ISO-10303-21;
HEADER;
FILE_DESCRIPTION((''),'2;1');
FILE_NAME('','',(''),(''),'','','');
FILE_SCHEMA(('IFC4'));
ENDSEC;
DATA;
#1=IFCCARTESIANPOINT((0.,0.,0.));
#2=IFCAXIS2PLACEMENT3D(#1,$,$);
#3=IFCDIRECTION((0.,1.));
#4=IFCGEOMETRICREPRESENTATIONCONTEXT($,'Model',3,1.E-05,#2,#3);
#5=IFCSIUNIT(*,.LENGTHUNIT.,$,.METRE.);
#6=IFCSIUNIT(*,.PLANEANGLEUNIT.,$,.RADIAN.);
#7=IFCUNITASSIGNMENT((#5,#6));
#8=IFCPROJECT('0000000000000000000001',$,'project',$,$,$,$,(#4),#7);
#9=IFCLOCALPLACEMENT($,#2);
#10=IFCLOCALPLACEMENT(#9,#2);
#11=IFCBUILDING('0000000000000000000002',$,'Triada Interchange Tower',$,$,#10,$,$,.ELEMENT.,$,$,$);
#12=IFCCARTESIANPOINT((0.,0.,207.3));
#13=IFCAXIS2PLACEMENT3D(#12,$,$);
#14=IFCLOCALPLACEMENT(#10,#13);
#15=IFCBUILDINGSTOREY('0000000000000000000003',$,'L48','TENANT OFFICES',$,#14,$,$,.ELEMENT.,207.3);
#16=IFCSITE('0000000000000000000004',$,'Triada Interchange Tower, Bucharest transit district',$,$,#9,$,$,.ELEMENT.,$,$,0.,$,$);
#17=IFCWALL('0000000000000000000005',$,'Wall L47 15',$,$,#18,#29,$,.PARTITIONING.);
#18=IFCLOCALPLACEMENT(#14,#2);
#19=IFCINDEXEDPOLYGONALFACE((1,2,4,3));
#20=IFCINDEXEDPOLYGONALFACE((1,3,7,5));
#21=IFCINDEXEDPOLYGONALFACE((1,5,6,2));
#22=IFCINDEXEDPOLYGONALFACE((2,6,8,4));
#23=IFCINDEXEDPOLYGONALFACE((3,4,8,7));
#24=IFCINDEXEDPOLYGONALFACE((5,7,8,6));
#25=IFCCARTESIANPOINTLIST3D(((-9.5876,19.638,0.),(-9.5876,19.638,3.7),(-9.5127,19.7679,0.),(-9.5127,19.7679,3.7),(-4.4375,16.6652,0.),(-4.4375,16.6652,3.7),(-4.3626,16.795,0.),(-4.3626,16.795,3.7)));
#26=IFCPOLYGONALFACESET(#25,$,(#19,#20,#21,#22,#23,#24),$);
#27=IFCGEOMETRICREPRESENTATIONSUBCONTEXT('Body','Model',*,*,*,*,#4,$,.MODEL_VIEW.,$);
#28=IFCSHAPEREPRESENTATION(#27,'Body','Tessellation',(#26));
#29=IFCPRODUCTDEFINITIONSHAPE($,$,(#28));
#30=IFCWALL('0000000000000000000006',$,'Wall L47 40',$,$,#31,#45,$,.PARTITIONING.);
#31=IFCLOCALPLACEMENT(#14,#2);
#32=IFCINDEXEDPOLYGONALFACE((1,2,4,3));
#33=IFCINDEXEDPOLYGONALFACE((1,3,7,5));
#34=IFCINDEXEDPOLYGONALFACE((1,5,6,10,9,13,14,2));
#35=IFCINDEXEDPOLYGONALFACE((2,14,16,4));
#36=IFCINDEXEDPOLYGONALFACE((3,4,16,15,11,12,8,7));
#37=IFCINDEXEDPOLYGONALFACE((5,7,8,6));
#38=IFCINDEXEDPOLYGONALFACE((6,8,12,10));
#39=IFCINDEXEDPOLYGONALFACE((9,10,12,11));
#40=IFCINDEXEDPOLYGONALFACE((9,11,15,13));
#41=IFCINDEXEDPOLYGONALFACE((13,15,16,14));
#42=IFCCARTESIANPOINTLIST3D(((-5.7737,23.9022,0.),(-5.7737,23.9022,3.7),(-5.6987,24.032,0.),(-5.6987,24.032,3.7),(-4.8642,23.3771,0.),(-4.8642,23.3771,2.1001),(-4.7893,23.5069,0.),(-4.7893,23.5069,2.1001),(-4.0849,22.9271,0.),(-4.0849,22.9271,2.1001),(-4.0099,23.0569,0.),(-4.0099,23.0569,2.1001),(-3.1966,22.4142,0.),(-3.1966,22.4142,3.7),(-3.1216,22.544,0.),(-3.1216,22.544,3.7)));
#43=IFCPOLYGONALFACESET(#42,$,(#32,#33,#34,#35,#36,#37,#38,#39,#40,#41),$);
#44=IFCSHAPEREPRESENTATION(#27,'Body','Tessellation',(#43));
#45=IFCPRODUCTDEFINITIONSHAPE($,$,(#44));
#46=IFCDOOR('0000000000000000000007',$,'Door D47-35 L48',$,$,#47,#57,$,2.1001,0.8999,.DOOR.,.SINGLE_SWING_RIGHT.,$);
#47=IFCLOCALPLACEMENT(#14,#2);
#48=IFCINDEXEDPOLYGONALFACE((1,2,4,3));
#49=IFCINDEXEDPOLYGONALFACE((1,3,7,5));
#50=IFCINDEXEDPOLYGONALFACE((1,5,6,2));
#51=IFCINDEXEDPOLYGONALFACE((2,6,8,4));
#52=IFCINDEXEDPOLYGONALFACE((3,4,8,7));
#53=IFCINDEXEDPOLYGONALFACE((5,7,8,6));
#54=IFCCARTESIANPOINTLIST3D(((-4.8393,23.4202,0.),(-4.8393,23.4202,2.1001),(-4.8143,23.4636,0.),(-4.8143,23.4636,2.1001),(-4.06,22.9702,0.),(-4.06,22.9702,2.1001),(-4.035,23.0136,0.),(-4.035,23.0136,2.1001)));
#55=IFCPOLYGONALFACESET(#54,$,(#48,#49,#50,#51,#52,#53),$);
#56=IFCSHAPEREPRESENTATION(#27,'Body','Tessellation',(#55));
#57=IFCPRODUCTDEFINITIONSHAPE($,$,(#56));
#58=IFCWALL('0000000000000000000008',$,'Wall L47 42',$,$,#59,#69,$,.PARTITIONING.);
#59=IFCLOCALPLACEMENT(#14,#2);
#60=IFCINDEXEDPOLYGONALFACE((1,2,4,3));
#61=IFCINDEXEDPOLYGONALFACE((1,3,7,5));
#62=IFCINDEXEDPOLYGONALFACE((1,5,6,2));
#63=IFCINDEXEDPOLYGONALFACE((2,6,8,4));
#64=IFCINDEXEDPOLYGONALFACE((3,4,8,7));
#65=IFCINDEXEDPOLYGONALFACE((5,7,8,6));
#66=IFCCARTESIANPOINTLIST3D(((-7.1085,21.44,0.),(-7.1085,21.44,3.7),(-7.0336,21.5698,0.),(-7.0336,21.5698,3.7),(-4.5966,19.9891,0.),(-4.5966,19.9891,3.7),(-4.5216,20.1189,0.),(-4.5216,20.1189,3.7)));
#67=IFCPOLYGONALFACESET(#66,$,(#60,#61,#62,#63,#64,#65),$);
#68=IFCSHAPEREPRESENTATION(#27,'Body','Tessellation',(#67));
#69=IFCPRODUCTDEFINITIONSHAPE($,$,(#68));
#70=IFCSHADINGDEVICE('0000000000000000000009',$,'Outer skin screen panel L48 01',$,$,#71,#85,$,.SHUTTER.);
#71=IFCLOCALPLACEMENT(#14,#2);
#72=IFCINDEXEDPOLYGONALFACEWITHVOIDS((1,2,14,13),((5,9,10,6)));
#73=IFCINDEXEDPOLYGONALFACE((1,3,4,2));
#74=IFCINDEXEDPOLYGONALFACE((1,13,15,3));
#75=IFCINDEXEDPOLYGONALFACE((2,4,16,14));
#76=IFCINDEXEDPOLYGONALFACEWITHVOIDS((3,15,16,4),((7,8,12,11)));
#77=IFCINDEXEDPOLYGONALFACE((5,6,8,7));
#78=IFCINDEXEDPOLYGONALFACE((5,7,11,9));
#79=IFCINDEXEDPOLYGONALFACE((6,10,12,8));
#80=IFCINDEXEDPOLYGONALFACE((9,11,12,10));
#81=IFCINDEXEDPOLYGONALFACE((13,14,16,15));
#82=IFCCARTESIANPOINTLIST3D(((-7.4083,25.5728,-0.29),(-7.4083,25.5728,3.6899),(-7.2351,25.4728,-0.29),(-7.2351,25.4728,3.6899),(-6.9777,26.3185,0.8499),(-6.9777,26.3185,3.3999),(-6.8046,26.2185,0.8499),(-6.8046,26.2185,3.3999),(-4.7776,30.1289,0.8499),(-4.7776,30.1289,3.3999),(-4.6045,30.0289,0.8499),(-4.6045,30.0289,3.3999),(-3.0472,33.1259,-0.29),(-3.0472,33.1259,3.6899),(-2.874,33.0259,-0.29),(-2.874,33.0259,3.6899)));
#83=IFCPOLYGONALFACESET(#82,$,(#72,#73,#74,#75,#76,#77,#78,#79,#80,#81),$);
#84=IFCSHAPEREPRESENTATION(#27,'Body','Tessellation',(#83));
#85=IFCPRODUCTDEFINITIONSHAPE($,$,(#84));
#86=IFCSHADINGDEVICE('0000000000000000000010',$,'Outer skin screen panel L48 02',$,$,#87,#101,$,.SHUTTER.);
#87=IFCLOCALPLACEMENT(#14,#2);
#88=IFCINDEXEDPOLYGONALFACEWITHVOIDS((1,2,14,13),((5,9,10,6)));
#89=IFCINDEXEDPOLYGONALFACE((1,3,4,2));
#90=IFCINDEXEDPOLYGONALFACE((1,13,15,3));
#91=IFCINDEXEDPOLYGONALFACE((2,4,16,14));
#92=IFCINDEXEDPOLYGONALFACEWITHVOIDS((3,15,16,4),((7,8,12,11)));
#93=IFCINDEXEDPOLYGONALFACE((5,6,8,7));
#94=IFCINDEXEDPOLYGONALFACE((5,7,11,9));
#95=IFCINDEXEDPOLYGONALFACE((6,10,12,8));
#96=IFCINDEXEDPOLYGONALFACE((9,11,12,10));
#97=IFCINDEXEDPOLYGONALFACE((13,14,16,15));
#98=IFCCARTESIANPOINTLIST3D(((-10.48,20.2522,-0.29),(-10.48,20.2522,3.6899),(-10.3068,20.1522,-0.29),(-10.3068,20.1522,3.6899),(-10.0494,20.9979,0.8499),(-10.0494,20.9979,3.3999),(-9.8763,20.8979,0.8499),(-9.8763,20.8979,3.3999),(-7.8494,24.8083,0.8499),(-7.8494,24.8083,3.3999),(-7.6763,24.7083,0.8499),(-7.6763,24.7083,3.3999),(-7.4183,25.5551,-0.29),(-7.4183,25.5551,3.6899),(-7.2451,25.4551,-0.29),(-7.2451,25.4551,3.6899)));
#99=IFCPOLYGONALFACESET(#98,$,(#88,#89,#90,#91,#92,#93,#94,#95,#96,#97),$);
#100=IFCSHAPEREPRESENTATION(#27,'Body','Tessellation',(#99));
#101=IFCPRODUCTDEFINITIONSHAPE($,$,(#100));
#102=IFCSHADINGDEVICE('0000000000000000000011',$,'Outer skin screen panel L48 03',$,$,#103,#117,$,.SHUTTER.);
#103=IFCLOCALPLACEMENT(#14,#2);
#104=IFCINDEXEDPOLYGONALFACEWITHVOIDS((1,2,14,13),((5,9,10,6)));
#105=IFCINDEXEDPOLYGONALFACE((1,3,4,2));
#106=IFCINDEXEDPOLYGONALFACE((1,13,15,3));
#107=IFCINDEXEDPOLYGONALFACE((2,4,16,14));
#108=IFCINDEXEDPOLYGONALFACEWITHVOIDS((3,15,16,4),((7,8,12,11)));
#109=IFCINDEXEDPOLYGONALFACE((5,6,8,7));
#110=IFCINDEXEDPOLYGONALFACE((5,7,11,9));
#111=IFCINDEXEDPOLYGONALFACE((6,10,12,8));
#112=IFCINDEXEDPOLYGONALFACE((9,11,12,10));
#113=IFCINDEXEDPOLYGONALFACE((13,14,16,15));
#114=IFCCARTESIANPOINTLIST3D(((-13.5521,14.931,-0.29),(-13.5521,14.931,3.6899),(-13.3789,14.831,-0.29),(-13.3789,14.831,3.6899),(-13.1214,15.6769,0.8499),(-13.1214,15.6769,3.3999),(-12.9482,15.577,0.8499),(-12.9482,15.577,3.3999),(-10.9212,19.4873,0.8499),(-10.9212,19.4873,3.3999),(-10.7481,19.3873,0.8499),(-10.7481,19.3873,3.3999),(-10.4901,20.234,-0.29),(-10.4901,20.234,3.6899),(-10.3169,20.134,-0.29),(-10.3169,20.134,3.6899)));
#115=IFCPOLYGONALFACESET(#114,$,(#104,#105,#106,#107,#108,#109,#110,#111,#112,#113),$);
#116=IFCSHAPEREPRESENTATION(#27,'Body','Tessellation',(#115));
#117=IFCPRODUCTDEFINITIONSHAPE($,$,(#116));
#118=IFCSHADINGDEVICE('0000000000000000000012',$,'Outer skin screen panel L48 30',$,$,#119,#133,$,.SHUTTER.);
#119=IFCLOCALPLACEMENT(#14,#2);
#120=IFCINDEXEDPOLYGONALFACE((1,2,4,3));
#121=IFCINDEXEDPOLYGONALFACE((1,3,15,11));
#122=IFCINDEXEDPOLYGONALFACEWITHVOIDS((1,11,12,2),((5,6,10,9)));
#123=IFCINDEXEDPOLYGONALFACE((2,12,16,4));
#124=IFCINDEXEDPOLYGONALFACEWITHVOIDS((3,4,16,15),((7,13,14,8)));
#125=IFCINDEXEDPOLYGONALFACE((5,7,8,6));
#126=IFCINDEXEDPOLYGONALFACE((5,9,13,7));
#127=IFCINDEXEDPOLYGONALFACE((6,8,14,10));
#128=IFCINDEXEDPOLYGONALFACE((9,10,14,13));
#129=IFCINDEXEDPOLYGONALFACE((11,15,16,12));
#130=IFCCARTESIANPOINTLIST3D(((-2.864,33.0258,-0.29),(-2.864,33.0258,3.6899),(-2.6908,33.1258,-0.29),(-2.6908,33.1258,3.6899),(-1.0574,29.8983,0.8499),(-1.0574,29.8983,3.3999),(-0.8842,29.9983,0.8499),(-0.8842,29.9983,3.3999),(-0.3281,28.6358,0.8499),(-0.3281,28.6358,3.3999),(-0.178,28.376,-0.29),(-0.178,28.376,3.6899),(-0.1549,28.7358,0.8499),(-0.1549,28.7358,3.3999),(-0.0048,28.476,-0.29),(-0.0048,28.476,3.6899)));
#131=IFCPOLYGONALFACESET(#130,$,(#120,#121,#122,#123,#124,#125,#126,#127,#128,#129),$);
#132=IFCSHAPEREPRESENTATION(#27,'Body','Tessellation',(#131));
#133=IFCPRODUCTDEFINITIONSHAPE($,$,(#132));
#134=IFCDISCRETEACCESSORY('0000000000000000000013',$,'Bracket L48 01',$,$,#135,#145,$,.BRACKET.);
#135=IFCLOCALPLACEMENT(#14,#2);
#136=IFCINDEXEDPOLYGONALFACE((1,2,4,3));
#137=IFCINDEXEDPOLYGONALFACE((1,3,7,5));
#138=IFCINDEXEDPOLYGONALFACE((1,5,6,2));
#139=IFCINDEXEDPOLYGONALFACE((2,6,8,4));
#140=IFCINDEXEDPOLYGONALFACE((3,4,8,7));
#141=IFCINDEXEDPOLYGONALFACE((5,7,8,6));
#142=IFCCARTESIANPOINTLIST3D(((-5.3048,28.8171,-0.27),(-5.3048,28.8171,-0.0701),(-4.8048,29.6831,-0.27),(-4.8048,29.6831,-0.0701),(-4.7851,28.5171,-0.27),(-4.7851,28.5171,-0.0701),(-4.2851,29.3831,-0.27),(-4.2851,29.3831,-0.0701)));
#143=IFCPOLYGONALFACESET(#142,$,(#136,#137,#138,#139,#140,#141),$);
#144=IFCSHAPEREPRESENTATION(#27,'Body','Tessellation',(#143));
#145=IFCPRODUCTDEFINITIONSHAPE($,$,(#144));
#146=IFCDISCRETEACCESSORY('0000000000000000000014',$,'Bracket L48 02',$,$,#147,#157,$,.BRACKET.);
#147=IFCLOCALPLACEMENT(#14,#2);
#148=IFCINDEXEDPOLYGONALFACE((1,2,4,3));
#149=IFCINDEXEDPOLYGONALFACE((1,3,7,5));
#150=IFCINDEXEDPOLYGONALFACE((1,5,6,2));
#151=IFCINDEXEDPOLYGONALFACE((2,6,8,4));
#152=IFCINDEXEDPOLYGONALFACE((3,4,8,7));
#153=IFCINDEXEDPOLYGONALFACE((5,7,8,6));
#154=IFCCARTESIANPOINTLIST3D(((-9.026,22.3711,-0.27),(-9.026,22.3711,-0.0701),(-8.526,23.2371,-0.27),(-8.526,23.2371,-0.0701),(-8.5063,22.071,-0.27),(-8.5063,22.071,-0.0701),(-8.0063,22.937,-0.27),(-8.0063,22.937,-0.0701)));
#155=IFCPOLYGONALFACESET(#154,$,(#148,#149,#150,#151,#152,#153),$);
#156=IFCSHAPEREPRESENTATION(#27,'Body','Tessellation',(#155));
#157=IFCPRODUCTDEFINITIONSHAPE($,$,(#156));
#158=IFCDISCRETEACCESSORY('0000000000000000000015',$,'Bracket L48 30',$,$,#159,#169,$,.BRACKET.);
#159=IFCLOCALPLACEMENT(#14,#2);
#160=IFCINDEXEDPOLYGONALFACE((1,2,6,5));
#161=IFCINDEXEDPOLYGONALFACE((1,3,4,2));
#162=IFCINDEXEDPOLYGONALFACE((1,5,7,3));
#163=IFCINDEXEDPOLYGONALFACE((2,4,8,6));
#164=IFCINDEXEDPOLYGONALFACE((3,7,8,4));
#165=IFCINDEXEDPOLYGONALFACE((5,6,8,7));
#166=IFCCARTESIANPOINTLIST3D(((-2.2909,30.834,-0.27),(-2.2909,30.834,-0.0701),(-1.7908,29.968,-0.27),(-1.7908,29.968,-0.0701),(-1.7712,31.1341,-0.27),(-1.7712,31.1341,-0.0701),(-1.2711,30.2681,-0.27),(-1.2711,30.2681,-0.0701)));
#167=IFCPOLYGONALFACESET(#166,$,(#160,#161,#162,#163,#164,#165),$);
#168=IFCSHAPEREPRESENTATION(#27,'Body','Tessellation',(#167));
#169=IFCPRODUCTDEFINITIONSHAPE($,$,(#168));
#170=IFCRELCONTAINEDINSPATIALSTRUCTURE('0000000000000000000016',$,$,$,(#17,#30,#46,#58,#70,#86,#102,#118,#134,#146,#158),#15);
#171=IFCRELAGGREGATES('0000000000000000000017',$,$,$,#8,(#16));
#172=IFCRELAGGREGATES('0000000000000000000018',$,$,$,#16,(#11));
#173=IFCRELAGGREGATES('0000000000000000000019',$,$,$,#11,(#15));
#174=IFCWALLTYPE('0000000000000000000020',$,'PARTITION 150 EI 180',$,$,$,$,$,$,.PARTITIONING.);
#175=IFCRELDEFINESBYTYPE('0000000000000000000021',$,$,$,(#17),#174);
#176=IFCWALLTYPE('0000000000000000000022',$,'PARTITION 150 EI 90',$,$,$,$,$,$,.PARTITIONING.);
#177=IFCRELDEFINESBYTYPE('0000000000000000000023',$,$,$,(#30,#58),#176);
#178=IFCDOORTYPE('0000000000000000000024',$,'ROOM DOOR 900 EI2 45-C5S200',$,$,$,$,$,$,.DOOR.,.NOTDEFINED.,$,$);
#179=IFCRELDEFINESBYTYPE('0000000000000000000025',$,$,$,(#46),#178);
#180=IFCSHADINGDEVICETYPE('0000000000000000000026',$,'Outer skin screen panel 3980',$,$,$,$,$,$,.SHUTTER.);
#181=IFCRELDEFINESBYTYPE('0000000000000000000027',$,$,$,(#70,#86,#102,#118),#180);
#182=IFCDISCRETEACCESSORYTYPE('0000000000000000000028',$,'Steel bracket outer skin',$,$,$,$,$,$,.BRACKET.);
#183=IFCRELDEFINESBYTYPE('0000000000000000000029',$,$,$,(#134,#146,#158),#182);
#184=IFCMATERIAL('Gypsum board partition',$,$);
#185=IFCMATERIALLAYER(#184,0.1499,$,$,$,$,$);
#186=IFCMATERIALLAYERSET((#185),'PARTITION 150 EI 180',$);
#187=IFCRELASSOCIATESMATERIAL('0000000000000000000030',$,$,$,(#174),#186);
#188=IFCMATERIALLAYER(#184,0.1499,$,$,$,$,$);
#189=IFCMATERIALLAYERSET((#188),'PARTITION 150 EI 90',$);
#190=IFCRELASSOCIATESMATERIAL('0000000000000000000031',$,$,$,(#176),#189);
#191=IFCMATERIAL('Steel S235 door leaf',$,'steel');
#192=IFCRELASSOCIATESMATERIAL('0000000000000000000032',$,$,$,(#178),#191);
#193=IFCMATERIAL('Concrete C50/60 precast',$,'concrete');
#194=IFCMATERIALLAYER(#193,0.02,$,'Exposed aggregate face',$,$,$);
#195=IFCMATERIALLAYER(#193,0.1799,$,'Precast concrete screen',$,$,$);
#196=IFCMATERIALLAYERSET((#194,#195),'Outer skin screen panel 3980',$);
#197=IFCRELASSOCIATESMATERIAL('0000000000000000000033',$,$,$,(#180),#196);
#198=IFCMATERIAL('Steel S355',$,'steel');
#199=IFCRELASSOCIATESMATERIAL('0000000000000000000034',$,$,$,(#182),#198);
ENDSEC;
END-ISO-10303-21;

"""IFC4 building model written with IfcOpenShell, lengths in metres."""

from ifc_helpers import new_model, si_unit, direction, frame, frame_2d, origin, origin_2d, place, context, subcontext, project, spatial, polyline, rectangle, outline, extrude, material, layer, layer_set, type_object, element, fill, save


model = new_model("IFC4")

# Units and contexts
model_context = context("Model", 3, precision=1e-05, world=origin(), true_north=direction((0.0, 1.0)))
body_context = subcontext(model_context, "Body", "Model", "MODEL_VIEW")
ifc_project = project(units=[si_unit("LENGTHUNIT", "METRE"), si_unit("PLANEANGLEUNIT", "RADIAN")], contexts=[model_context])

# Site, building, storey
site_placement = place(None, origin())
site = spatial("IfcSite", under=ifc_project, at=site_placement, Name="Triada Interchange Tower, Bucharest transit district", CompositionType="ELEMENT", RefElevation=0.0)
building_placement = place(site_placement, origin())
building = spatial("IfcBuilding", under=site, at=building_placement, Name="Triada Interchange Tower", CompositionType="ELEMENT")
storey_placement = place(building_placement, frame((0.0, 0.0, 207.3)))
storey = spatial("IfcBuildingStorey", under=building, at=storey_placement, Name="L48", Description="TENANT OFFICES", CompositionType="ELEMENT", Elevation=207.3)

# Wall
ifc_material_1 = material(Name="Gypsum board partition")
ifc_layer_1 = layer(ifc_material_1, 0.1499)
ifc_layer_set_1 = layer_set([ifc_layer_1], Name="PARTITION 150 EI 180")
wall_type_1 = type_object("IfcWallType", Name="PARTITION 150 EI 180", PredefinedType="PARTITIONING", material=ifc_layer_set_1)
wall_1_placement = place(storey_placement, frame((-9.55, 19.7029, 0.0), z_axis=(0.0, 0.0, 1.0), x_axis=(0.866065, -0.499932, 0.0)))
element("IfcWall", 1, at=wall_1_placement, inside=storey, type_object=wall_type_1, Name="Wall L47 15", PredefinedType="PARTITIONING", context=body_context, shape_type="SweptSolid", body=[
    extrude(rectangle(XDim=5.9465, YDim=0.1499, at=frame_2d((2.9731, 0.0))), origin(), (0.0, 0.0, 1.0), 3.7),
])

# Wall, opening, door
ifc_layer_2 = layer(ifc_material_1, 0.1499)
ifc_layer_set_2 = layer_set([ifc_layer_2], Name="PARTITION 150 EI 90")
wall_type_2 = type_object("IfcWallType", Name="PARTITION 150 EI 90", PredefinedType="PARTITIONING", material=ifc_layer_set_2)
wall_2_placement = place(storey_placement, frame((-5.7361, 23.967, 0.0), z_axis=(0.0, 0.0, 1.0), x_axis=(0.866008, -0.50003, 0.0)))
wall_2 = element("IfcWall", 2, at=wall_2_placement, inside=storey, type_object=wall_type_2, Name="Wall L47 40", PredefinedType="PARTITIONING", context=body_context, shape_type="SweptSolid", body=[
    extrude(rectangle(XDim=2.9758, YDim=0.1499, at=frame_2d((1.4878, 0.0))), origin(), (0.0, 0.0, 1.0), 3.7),
])
opening_1_placement = place(wall_2_placement, frame((1.05, 0.0, 0.0)))
opening_1 = element("IfcOpeningElement", 3, at=opening_1_placement, cuts=wall_2, PredefinedType="OPENING", context=body_context, shape_type="SweptSolid", body=[
    extrude(rectangle(XDim=0.8999, YDim=2.1001, at=frame_2d((0.45, 1.05))), frame((0.0, 0.085, 0.0), z_axis=(0.0, -1.0, 0.0), x_axis=(1.0, 0.0, 0.0)), (0.0, 0.0, 1.0), 0.1699),
])
ifc_material_2 = material(Name="Steel S235 door leaf", Category="steel")
door_type = type_object("IfcDoorType", Name="ROOM DOOR 900 EI2 45-C5S200", OperationType="NOTDEFINED", PredefinedType="DOOR", material=ifc_material_2)
door_placement = place(opening_1_placement, origin())
door = element("IfcDoor", 4, at=door_placement, inside=storey, type_object=door_type, Name="Door D47-35 L48", OperationType="SINGLE_SWING_RIGHT", OverallHeight=2.1001, OverallWidth=0.8999, PredefinedType="DOOR", context=body_context, shape_type="SweptSolid", body=[
    extrude(rectangle(XDim=0.8999, YDim=2.1001, at=frame_2d((0.45, 1.05))), frame((0.0, 0.0249, 0.0), z_axis=(0.0, -1.0, 0.0), x_axis=(1.0, 0.0, 0.0)), (0.0, 0.0, 1.0), 0.05),
])
fill(opening_1, door)

# Wall
wall_3_placement = place(storey_placement, frame((-7.071, 21.5049, 0.0), z_axis=(0.0, 0.0, 1.0), x_axis=(0.865929, -0.500167, 0.0)))
element("IfcWall", 5, at=wall_3_placement, inside=storey, type_object=wall_type_2, Name="Wall L47 42", PredefinedType="PARTITIONING", context=body_context, shape_type="SweptSolid", body=[
    extrude(rectangle(XDim=2.9009, YDim=0.1499, at=frame_2d((1.4504, 0.0))), origin(), (0.0, 0.0, 1.0), 3.7),
])

# Shading devices
ifc_material_3 = material(Name="Concrete C50/60 precast", Category="concrete")
ifc_layer_3 = layer(ifc_material_3, 0.02, Name="Exposed aggregate face")
ifc_layer_4 = layer(ifc_material_3, 0.1799, Name="Precast concrete screen")
ifc_layer_set_3 = layer_set([ifc_layer_3, ifc_layer_4], Name="Outer skin screen panel 3980")
shading_device_type = type_object("IfcShadingDeviceType", Name="Outer skin screen panel 3980", PredefinedType="SHUTTER", material=ifc_layer_set_3)
shading_device_1_placement = place(storey_placement, frame((-2.874, 33.0259, -0.29), z_axis=(0.0, 0.0, 1.0), x_axis=(-0.500032, -0.866007, 0.0)))
element("IfcShadingDevice", 6, at=shading_device_1_placement, inside=storey, type_object=shading_device_type, Name="Outer skin screen panel L48 01", PredefinedType="SHUTTER", context=body_context, shape_type="SweptSolid", body=[
    extrude(outline(polyline([(0.0, 0.0), (8.7217, 0.0), (8.7217, 3.98), (0.0, 3.98), (0.0, 0.0)]), holes=[polyline([(3.4607, 1.1399), (3.4607, 3.6899), (7.8606, 3.6899), (7.8606, 1.1399), (3.4607, 1.1399)])]), frame((0.0, 0.0, 0.0), z_axis=(0.0, -1.0, 0.0), x_axis=(1.0, 0.0, 0.0)), (0.0, 0.0, 1.0), 0.2),
])
shading_device_2_placement = place(storey_placement, frame((-7.2451, 25.4551, -0.29), z_axis=(0.0, 0.0, 1.0), x_axis=(-0.500011, -0.866019, 0.0)))
element("IfcShadingDevice", 7, at=shading_device_2_placement, inside=storey, type_object=shading_device_type, Name="Outer skin screen panel L48 02", PredefinedType="SHUTTER", context=body_context, shape_type="SweptSolid", body=[
    extrude(outline(polyline([(0.0, 0.0), (6.1233, 0.0), (6.1233, 3.98), (0.0, 3.98), (0.0, 0.0)]), holes=[polyline([(0.8623, 1.1399), (0.8623, 3.6899), (5.2622, 3.6899), (5.2622, 1.1399), (0.8623, 1.1399)])]), frame((0.0, 0.0, 0.0), z_axis=(0.0, -1.0, 0.0), x_axis=(1.0, 0.0, 0.0)), (0.0, 0.0, 1.0), 0.2),
])
shading_device_3_placement = place(storey_placement, frame((-10.3169, 20.134, -0.29), z_axis=(0.0, 0.0, 1.0), x_axis=(-0.500041, -0.866002, 0.0)))
element("IfcShadingDevice", 8, at=shading_device_3_placement, inside=storey, type_object=shading_device_type, Name="Outer skin screen panel L48 03", PredefinedType="SHUTTER", context=body_context, shape_type="SweptSolid", body=[
    extrude(outline(polyline([(0.0, 0.0), (6.1235, 0.0), (6.1235, 3.98), (0.0, 3.98), (0.0, 0.0)]), holes=[polyline([(0.8623, 1.1399), (0.8623, 3.6899), (5.2622, 3.6899), (5.2622, 1.1399), (0.8623, 1.1399)])]), frame((0.0, 0.0, 0.0), z_axis=(0.0, -1.0, 0.0), x_axis=(1.0, 0.0, 0.0)), (0.0, 0.0, 1.0), 0.2),
])
shading_device_4_placement = place(storey_placement, frame((-0.178, 28.376, -0.29), z_axis=(0.0, 0.0, 1.0), x_axis=(-0.500197, 0.865911, 0.0)))
element("IfcShadingDevice", 9, at=shading_device_4_placement, inside=storey, type_object=shading_device_type, Name="Outer skin screen panel L48 30", PredefinedType="SHUTTER", context=body_context, shape_type="SweptSolid", body=[
    extrude(outline(polyline([(0.0, 0.0), (5.3699, 0.0), (5.3699, 3.98), (0.0, 3.98), (0.0, 0.0)]), holes=[polyline([(0.3, 1.1399), (0.3, 3.6899), (1.7581, 3.6899), (1.7581, 1.1399), (0.3, 1.1399)])]), frame((0.0, 0.0, 0.0), z_axis=(0.0, -1.0, 0.0), x_axis=(1.0, 0.0, 0.0)), (0.0, 0.0, 1.0), 0.2),
])

# Discrete accessories
ifc_material_4 = material(Name="Steel S355", Category="steel")
discrete_accessory_type = type_object("IfcDiscreteAccessoryType", Name="Steel bracket outer skin", PredefinedType="BRACKET", material=ifc_material_4)
for number, where, z_axis, x_axis, name in (
    (10, (-4.7949, 29.1001, -0.27), (0.0, 0.0, 1.0), (-0.866021, 0.500007, 0.0), "Bracket L48 01"),
    (11, (-8.5161, 22.6541, -0.27), (0.0, 0.0, 1.0), (-0.866021, 0.500007, 0.0), "Bracket L48 02"),
    (12, (-1.781, 30.551, -0.27), (0.0, 0.0, 1.0), (0.865971, 0.500095, 0.0), "Bracket L48 30"),
):
    element("IfcDiscreteAccessory", number, at=place(storey_placement, frame(where, z_axis=z_axis, x_axis=x_axis)), inside=storey, type_object=discrete_accessory_type, Name=name, PredefinedType="BRACKET", context=body_context, shape_type="SweptSolid", body=[
        extrude(rectangle(XDim=0.6001, YDim=1.0, at=origin_2d()), origin(), (0.0, 0.0, 1.0), 0.2),
    ])

save(model, "model.ifc")
